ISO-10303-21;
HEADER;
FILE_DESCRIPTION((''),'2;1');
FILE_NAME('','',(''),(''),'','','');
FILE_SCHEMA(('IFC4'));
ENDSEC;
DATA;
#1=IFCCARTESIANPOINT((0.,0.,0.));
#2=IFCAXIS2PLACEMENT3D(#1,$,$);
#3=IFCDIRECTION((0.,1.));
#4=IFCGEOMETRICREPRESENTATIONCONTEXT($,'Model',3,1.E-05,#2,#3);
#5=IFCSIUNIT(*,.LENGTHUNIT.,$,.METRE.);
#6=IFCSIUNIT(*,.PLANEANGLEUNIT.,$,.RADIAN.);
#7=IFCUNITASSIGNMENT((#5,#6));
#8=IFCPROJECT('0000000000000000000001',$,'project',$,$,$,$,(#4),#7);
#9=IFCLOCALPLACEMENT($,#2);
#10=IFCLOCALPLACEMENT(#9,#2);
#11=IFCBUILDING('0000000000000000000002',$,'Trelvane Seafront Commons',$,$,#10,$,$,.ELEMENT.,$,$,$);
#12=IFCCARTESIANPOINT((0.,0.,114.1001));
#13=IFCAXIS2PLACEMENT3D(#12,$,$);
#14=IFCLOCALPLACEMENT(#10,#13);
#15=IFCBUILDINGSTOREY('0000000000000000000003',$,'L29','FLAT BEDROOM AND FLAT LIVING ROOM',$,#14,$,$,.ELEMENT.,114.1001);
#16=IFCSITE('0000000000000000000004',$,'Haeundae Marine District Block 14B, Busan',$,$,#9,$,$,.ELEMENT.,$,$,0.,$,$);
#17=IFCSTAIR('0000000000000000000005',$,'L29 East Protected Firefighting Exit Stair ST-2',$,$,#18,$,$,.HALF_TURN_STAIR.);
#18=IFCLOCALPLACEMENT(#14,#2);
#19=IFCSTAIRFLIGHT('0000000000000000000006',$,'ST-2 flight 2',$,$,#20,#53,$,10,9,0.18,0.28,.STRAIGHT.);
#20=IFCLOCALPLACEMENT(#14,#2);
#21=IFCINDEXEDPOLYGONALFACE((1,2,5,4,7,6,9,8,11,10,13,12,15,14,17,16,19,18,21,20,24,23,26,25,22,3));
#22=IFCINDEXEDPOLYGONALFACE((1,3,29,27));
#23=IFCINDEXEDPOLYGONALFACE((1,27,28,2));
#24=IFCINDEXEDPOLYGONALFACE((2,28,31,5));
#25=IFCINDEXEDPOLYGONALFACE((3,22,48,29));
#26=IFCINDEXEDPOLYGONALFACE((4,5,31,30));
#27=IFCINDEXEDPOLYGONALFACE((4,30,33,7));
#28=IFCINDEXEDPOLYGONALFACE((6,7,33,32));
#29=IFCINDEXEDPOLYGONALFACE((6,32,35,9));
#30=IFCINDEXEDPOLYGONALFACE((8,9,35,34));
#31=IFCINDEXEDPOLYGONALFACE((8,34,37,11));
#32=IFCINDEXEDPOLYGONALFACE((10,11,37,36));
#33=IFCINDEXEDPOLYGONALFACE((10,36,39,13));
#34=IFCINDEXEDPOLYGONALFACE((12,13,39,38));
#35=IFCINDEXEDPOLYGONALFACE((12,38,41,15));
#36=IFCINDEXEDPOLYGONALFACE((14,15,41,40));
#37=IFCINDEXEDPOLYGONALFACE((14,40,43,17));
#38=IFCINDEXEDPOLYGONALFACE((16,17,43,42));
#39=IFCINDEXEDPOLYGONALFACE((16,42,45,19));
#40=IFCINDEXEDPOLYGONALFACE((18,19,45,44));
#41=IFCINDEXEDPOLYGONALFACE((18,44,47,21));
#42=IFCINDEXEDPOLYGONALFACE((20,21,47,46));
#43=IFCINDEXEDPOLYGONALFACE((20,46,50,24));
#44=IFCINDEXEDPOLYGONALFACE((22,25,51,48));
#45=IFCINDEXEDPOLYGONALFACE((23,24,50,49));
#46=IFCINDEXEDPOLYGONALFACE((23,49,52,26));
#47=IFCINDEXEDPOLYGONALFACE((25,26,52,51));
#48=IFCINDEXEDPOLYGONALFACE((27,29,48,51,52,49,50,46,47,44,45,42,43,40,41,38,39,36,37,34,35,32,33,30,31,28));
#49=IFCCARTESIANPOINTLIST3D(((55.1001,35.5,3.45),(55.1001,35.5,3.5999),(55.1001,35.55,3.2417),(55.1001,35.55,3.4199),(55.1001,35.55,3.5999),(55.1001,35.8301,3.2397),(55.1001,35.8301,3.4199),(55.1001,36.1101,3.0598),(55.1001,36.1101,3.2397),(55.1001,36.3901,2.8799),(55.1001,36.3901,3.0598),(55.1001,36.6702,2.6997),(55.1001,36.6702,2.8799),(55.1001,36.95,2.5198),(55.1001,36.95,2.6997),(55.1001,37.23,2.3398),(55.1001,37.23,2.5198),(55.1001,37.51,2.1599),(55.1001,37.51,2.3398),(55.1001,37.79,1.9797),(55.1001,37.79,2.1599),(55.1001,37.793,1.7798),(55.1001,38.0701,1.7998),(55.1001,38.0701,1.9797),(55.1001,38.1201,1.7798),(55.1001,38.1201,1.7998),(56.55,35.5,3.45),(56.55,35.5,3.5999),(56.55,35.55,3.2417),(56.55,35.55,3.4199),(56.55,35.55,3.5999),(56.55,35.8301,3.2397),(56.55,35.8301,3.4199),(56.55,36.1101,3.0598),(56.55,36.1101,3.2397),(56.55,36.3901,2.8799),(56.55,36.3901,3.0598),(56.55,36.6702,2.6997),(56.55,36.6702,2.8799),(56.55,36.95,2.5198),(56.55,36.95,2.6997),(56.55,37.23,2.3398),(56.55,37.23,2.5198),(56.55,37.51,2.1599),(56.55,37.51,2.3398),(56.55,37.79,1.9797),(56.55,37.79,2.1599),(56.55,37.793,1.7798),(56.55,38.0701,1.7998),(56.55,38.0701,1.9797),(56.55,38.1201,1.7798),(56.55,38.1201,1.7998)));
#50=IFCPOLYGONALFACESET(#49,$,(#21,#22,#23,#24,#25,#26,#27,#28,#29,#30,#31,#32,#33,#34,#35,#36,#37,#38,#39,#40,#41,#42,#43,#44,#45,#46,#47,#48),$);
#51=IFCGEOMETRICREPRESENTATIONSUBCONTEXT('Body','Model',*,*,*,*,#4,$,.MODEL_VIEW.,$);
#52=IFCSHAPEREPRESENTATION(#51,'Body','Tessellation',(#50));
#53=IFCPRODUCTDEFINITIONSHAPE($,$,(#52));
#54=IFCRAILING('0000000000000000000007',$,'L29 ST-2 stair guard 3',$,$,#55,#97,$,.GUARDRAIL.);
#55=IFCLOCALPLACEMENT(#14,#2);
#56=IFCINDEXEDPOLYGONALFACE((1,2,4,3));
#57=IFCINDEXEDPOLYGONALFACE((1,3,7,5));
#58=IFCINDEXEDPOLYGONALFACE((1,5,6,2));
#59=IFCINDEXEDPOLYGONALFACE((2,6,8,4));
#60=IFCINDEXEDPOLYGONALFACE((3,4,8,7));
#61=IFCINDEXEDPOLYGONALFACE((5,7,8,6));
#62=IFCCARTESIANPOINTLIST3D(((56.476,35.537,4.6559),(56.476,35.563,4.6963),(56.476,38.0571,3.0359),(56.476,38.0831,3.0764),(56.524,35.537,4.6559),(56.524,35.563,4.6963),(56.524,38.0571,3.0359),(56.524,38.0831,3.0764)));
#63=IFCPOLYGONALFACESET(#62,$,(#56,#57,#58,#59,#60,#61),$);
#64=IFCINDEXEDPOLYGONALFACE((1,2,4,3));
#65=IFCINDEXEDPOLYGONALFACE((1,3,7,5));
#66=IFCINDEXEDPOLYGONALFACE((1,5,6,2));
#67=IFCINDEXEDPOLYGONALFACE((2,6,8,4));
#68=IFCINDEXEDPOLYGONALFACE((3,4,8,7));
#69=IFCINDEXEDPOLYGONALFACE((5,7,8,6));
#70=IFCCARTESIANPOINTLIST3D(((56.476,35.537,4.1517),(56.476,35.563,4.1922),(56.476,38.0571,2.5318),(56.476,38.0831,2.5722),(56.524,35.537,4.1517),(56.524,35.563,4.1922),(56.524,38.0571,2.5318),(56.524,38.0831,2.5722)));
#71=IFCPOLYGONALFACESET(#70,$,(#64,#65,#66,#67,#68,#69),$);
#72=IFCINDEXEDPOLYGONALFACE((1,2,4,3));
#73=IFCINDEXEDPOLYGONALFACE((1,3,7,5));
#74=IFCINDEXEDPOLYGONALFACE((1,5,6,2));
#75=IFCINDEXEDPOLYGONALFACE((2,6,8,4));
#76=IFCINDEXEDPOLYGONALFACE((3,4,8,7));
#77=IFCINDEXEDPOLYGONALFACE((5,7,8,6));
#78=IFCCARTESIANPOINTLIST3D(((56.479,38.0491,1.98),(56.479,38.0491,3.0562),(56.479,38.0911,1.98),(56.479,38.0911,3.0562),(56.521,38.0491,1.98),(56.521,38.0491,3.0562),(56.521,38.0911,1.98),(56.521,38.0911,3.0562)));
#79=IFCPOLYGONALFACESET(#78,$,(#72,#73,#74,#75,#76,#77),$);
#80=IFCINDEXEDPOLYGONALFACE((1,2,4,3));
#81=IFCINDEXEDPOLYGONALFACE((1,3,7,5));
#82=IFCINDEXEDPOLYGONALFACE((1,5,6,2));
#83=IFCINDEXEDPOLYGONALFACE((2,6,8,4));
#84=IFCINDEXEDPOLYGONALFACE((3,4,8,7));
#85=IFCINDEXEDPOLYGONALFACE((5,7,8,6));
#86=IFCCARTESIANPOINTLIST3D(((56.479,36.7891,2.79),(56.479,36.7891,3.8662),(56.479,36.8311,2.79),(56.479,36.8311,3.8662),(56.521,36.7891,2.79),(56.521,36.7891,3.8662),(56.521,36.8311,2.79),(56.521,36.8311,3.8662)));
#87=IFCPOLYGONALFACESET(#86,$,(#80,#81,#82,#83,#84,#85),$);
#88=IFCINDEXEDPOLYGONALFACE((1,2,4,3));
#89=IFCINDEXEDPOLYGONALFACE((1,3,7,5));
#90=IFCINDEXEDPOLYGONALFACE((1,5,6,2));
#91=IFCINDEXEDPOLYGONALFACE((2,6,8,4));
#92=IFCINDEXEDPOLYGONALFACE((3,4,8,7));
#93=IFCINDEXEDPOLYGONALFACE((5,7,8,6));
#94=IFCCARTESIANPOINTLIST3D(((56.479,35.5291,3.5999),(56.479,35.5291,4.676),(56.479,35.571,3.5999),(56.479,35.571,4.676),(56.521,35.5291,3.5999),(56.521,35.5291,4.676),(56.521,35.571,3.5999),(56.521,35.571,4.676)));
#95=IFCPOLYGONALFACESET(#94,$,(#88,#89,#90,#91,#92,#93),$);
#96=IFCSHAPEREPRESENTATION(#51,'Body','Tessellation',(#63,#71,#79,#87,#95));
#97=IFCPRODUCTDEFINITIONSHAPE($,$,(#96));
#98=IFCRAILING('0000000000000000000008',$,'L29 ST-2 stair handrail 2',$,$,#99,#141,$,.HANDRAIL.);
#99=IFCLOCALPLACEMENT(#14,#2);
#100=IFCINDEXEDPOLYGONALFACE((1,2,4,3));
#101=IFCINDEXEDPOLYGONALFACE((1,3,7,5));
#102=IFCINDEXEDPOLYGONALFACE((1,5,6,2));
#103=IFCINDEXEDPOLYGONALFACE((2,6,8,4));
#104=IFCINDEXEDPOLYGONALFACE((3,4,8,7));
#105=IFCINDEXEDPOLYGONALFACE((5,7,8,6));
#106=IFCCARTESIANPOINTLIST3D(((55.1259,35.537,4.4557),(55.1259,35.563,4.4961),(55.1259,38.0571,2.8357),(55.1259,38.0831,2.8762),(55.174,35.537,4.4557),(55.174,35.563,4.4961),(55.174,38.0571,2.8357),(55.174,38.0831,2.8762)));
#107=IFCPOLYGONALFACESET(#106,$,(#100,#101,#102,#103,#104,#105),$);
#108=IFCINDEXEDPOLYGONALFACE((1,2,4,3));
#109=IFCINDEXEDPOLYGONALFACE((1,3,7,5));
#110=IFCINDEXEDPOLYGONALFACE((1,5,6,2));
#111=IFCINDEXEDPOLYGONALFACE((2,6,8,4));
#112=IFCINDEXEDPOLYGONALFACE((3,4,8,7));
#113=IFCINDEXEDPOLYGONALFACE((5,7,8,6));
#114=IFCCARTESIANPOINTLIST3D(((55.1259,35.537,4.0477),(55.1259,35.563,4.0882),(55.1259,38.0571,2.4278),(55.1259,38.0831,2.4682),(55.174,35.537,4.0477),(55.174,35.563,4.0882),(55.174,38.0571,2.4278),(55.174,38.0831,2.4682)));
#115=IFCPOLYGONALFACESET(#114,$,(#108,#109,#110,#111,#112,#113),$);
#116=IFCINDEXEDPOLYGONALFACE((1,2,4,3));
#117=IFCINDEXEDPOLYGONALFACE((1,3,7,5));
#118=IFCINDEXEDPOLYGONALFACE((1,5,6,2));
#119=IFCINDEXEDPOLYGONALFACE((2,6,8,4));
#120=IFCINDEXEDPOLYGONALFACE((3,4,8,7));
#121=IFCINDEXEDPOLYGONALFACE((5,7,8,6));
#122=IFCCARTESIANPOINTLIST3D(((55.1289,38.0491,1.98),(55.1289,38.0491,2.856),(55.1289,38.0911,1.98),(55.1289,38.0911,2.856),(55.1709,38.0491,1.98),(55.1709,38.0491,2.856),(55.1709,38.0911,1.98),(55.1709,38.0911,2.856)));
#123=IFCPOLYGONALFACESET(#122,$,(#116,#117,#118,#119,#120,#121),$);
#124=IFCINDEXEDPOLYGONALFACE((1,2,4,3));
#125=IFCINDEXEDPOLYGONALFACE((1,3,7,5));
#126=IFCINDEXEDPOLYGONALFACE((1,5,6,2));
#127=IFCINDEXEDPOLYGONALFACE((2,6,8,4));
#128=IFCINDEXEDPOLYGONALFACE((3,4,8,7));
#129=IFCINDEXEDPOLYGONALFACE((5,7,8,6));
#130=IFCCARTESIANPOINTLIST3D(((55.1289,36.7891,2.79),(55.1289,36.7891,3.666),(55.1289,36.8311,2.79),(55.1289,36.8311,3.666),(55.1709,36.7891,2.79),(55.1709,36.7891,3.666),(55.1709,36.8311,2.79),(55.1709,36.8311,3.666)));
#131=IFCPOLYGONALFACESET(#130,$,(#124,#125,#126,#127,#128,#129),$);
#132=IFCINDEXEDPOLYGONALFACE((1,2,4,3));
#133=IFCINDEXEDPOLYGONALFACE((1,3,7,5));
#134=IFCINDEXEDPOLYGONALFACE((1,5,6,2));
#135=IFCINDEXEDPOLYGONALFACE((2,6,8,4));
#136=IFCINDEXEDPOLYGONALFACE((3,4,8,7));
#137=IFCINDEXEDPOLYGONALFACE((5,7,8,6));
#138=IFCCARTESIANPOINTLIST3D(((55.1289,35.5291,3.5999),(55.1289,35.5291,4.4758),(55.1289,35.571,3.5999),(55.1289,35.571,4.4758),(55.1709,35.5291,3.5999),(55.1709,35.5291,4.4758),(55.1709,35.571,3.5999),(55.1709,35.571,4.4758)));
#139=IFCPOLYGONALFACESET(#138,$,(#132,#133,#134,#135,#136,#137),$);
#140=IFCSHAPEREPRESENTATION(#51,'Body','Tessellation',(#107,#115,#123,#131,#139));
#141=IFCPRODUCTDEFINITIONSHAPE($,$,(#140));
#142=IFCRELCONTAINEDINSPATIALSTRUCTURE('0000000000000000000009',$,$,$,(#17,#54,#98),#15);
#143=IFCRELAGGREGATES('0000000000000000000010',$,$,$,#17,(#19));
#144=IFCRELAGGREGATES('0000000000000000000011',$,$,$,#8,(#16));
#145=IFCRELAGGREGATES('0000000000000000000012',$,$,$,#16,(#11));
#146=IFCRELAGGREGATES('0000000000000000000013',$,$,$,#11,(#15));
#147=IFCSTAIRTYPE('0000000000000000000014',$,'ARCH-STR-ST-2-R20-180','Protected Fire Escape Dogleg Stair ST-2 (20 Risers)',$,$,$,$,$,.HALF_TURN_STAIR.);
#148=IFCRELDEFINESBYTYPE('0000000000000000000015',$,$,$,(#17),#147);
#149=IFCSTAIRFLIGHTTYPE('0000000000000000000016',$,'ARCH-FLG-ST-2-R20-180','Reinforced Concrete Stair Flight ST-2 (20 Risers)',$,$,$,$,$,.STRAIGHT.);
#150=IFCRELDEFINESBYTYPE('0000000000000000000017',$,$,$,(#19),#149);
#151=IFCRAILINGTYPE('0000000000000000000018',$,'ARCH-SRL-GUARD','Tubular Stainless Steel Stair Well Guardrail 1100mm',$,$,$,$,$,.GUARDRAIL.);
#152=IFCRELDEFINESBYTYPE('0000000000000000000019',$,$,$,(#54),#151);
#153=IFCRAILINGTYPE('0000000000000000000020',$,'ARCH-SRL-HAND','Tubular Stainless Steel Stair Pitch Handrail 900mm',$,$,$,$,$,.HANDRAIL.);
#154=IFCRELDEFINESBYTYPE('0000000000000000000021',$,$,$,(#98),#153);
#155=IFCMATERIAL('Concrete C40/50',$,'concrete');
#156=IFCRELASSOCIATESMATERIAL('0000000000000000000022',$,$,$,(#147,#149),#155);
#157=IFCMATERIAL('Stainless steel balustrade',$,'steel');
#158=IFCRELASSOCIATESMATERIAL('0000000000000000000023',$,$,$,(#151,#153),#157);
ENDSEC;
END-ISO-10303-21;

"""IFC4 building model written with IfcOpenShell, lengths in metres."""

from ifc_helpers import new_model, si_unit, direction, frame, origin, origin_2d, place, context, subcontext, project, spatial, polyline, rectangle, outline, extrude, source, transform, mapped, material, type_object, element, aggregate, save


model = new_model("IFC4")

# Units and contexts
model_context = context("Model", 3, precision=1e-05, world=origin(), true_north=direction((0.0, 1.0)))
body_context = subcontext(model_context, "Body", "Model", "MODEL_VIEW")
ifc_project = project(units=[si_unit("LENGTHUNIT", "METRE"), si_unit("PLANEANGLEUNIT", "RADIAN")], contexts=[model_context])

# Site, building, storey
site_placement = place(None, origin())
site = spatial("IfcSite", under=ifc_project, at=site_placement, Name="Haeundae Marine District Block 14B, Busan", CompositionType="ELEMENT", RefElevation=0.0)
building_placement = place(site_placement, origin())
building = spatial("IfcBuilding", under=site, at=building_placement, Name="Trelvane Seafront Commons", CompositionType="ELEMENT")
storey_placement = place(building_placement, frame((0.0, 0.0, 114.1001)))
storey = spatial("IfcBuildingStorey", under=building, at=storey_placement, Name="L29", Description="FLAT BEDROOM AND FLAT LIVING ROOM", CompositionType="ELEMENT", Elevation=114.1001)

# Shared definitions
ifc_material_1 = material(Name="Concrete C40/50", Category="concrete")

# Stair, stair flight
stair_type = type_object("IfcStairType", Name="ARCH-STR-ST-2-R20-180", Description="Protected Fire Escape Dogleg Stair ST-2 (20 Risers)", PredefinedType="HALF_TURN_STAIR", material=ifc_material_1)
stair_placement = place(storey_placement, origin())
stair = element("IfcStair", 1, at=stair_placement, inside=storey, type_object=stair_type, Name="L29 East Protected Firefighting Exit Stair ST-2", PredefinedType="HALF_TURN_STAIR")
stair_flight_type = type_object("IfcStairFlightType", Name="ARCH-FLG-ST-2-R20-180", Description="Reinforced Concrete Stair Flight ST-2 (20 Risers)", PredefinedType="STRAIGHT", material=ifc_material_1)
shared_shape_1 = source(origin(), body_context, "Body", "SweptSolid", [
    extrude(outline(polyline([(-0.05, -0.02), (-0.05, 0.0), (0.0, 0.0), (0.0, 0.1799), (0.28, 0.1799), (0.28, 0.3601), (0.5601, 0.3601), (0.5601, 0.54), (0.8401, 0.54), (0.8401, 0.72), (1.1201, 0.72), (1.1201, 0.8999), (1.3999, 0.8999), (1.3999, 1.0801), (1.6799, 1.0801), (1.6799, 1.26), (1.96, 1.26), (1.96, 1.4399), (2.24, 1.4399), (2.24, 1.6201), (2.52, 1.6201), (2.52, 1.8), (2.5701, 1.8), (2.5701, 1.6501), (2.52, 1.4419), (0.2771, -0.02), (-0.05, -0.02)])), frame((0.0, 0.7251, 0.0), z_axis=(0.0, -1.0, 0.0), x_axis=(1.0, 0.0, 0.0)), (0.0, 0.0, 1.0), 1.45),
])
stair_flight_placement = place(storey_placement, frame((55.825, 38.0701, 1.7998), z_axis=(0.0, 0.0, 1.0), x_axis=(0.0, -1.0, 0.0)))
stair_flight = element("IfcStairFlight", 2, at=stair_flight_placement, type_object=stair_flight_type, Name="ST-2 flight 2", NumberOfRisers=10, NumberOfTreads=9, PredefinedType="STRAIGHT", RiserHeight=0.18, TreadLength=0.28, context=body_context, shape_type="MappedRepresentation", body=[
    mapped(shared_shape_1, transform((0.0, 0.0, 0.0), x_axis=(1.0, 0.0, 0.0), y_axis=(0.0, 1.0, 0.0), z_axis=(0.0, 0.0, 1.0), scale=1.0)),
])
aggregate(stair, [stair_flight])

# Railings
ifc_material_2 = material(Name="Stainless steel balustrade", Category="steel")
railing_type_1 = type_object("IfcRailingType", Name="ARCH-SRL-GUARD", Description="Tubular Stainless Steel Stair Well Guardrail 1100mm", PredefinedType="GUARDRAIL", material=ifc_material_2)
railing_1_placement = place(storey_placement, frame((56.5, 38.0701, 1.98)))
element("IfcRailing", 3, at=railing_1_placement, inside=storey, type_object=railing_type_1, Name="L29 ST-2 stair guard 3", PredefinedType="GUARDRAIL", context=body_context, shape_type="SweptSolid", body=[
    extrude(rectangle(XDim=0.0481, YDim=0.0481, at=origin_2d()), frame((0.0, 0.0, 1.0762), z_axis=(0.0, -0.8412, 0.540725), x_axis=(1.0, 0.0, 0.0)), (0.0, 0.0, 1.0), 2.9958),
    extrude(rectangle(XDim=0.0481, YDim=0.0481, at=origin_2d()), frame((0.0, 0.0, 0.572), z_axis=(0.0, -0.8412, 0.540725), x_axis=(1.0, 0.0, 0.0)), (0.0, 0.0, 1.0), 2.9958),
    extrude(rectangle(XDim=0.042, YDim=0.042, at=origin_2d()), origin(), (0.0, 0.0, 1.0), 1.0762),
    extrude(rectangle(XDim=0.042, YDim=0.042, at=origin_2d()), frame((0.0, -1.26, 0.8101)), (0.0, 0.0, 1.0), 1.0762),
    extrude(rectangle(XDim=0.042, YDim=0.042, at=origin_2d()), frame((0.0, -2.52, 1.6199)), (0.0, 0.0, 1.0), 1.0762),
])
railing_type_2 = type_object("IfcRailingType", Name="ARCH-SRL-HAND", Description="Tubular Stainless Steel Stair Pitch Handrail 900mm", PredefinedType="HANDRAIL", material=ifc_material_2)
railing_2_placement = place(storey_placement, frame((55.1499, 38.0701, 1.98)))
element("IfcRailing", 4, at=railing_2_placement, inside=storey, type_object=railing_type_2, Name="L29 ST-2 stair handrail 2", PredefinedType="HANDRAIL", context=body_context, shape_type="SweptSolid", body=[
    extrude(rectangle(XDim=0.0481, YDim=0.0481, at=origin_2d()), frame((0.0, 0.0, 0.876), z_axis=(0.0, -0.8412, 0.540725), x_axis=(1.0, 0.0, 0.0)), (0.0, 0.0, 1.0), 2.9958),
    extrude(rectangle(XDim=0.0481, YDim=0.0481, at=origin_2d()), frame((0.0, 0.0, 0.468), z_axis=(0.0, -0.8412, 0.540725), x_axis=(1.0, 0.0, 0.0)), (0.0, 0.0, 1.0), 2.9958),
    extrude(rectangle(XDim=0.042, YDim=0.042, at=origin_2d()), origin(), (0.0, 0.0, 1.0), 0.876),
    extrude(rectangle(XDim=0.042, YDim=0.042, at=origin_2d()), frame((0.0, -1.26, 0.8101)), (0.0, 0.0, 1.0), 0.876),
    extrude(rectangle(XDim=0.042, YDim=0.042, at=origin_2d()), frame((0.0, -2.52, 1.6199)), (0.0, 0.0, 1.0), 0.876),
])

save(model, "model.ifc")
